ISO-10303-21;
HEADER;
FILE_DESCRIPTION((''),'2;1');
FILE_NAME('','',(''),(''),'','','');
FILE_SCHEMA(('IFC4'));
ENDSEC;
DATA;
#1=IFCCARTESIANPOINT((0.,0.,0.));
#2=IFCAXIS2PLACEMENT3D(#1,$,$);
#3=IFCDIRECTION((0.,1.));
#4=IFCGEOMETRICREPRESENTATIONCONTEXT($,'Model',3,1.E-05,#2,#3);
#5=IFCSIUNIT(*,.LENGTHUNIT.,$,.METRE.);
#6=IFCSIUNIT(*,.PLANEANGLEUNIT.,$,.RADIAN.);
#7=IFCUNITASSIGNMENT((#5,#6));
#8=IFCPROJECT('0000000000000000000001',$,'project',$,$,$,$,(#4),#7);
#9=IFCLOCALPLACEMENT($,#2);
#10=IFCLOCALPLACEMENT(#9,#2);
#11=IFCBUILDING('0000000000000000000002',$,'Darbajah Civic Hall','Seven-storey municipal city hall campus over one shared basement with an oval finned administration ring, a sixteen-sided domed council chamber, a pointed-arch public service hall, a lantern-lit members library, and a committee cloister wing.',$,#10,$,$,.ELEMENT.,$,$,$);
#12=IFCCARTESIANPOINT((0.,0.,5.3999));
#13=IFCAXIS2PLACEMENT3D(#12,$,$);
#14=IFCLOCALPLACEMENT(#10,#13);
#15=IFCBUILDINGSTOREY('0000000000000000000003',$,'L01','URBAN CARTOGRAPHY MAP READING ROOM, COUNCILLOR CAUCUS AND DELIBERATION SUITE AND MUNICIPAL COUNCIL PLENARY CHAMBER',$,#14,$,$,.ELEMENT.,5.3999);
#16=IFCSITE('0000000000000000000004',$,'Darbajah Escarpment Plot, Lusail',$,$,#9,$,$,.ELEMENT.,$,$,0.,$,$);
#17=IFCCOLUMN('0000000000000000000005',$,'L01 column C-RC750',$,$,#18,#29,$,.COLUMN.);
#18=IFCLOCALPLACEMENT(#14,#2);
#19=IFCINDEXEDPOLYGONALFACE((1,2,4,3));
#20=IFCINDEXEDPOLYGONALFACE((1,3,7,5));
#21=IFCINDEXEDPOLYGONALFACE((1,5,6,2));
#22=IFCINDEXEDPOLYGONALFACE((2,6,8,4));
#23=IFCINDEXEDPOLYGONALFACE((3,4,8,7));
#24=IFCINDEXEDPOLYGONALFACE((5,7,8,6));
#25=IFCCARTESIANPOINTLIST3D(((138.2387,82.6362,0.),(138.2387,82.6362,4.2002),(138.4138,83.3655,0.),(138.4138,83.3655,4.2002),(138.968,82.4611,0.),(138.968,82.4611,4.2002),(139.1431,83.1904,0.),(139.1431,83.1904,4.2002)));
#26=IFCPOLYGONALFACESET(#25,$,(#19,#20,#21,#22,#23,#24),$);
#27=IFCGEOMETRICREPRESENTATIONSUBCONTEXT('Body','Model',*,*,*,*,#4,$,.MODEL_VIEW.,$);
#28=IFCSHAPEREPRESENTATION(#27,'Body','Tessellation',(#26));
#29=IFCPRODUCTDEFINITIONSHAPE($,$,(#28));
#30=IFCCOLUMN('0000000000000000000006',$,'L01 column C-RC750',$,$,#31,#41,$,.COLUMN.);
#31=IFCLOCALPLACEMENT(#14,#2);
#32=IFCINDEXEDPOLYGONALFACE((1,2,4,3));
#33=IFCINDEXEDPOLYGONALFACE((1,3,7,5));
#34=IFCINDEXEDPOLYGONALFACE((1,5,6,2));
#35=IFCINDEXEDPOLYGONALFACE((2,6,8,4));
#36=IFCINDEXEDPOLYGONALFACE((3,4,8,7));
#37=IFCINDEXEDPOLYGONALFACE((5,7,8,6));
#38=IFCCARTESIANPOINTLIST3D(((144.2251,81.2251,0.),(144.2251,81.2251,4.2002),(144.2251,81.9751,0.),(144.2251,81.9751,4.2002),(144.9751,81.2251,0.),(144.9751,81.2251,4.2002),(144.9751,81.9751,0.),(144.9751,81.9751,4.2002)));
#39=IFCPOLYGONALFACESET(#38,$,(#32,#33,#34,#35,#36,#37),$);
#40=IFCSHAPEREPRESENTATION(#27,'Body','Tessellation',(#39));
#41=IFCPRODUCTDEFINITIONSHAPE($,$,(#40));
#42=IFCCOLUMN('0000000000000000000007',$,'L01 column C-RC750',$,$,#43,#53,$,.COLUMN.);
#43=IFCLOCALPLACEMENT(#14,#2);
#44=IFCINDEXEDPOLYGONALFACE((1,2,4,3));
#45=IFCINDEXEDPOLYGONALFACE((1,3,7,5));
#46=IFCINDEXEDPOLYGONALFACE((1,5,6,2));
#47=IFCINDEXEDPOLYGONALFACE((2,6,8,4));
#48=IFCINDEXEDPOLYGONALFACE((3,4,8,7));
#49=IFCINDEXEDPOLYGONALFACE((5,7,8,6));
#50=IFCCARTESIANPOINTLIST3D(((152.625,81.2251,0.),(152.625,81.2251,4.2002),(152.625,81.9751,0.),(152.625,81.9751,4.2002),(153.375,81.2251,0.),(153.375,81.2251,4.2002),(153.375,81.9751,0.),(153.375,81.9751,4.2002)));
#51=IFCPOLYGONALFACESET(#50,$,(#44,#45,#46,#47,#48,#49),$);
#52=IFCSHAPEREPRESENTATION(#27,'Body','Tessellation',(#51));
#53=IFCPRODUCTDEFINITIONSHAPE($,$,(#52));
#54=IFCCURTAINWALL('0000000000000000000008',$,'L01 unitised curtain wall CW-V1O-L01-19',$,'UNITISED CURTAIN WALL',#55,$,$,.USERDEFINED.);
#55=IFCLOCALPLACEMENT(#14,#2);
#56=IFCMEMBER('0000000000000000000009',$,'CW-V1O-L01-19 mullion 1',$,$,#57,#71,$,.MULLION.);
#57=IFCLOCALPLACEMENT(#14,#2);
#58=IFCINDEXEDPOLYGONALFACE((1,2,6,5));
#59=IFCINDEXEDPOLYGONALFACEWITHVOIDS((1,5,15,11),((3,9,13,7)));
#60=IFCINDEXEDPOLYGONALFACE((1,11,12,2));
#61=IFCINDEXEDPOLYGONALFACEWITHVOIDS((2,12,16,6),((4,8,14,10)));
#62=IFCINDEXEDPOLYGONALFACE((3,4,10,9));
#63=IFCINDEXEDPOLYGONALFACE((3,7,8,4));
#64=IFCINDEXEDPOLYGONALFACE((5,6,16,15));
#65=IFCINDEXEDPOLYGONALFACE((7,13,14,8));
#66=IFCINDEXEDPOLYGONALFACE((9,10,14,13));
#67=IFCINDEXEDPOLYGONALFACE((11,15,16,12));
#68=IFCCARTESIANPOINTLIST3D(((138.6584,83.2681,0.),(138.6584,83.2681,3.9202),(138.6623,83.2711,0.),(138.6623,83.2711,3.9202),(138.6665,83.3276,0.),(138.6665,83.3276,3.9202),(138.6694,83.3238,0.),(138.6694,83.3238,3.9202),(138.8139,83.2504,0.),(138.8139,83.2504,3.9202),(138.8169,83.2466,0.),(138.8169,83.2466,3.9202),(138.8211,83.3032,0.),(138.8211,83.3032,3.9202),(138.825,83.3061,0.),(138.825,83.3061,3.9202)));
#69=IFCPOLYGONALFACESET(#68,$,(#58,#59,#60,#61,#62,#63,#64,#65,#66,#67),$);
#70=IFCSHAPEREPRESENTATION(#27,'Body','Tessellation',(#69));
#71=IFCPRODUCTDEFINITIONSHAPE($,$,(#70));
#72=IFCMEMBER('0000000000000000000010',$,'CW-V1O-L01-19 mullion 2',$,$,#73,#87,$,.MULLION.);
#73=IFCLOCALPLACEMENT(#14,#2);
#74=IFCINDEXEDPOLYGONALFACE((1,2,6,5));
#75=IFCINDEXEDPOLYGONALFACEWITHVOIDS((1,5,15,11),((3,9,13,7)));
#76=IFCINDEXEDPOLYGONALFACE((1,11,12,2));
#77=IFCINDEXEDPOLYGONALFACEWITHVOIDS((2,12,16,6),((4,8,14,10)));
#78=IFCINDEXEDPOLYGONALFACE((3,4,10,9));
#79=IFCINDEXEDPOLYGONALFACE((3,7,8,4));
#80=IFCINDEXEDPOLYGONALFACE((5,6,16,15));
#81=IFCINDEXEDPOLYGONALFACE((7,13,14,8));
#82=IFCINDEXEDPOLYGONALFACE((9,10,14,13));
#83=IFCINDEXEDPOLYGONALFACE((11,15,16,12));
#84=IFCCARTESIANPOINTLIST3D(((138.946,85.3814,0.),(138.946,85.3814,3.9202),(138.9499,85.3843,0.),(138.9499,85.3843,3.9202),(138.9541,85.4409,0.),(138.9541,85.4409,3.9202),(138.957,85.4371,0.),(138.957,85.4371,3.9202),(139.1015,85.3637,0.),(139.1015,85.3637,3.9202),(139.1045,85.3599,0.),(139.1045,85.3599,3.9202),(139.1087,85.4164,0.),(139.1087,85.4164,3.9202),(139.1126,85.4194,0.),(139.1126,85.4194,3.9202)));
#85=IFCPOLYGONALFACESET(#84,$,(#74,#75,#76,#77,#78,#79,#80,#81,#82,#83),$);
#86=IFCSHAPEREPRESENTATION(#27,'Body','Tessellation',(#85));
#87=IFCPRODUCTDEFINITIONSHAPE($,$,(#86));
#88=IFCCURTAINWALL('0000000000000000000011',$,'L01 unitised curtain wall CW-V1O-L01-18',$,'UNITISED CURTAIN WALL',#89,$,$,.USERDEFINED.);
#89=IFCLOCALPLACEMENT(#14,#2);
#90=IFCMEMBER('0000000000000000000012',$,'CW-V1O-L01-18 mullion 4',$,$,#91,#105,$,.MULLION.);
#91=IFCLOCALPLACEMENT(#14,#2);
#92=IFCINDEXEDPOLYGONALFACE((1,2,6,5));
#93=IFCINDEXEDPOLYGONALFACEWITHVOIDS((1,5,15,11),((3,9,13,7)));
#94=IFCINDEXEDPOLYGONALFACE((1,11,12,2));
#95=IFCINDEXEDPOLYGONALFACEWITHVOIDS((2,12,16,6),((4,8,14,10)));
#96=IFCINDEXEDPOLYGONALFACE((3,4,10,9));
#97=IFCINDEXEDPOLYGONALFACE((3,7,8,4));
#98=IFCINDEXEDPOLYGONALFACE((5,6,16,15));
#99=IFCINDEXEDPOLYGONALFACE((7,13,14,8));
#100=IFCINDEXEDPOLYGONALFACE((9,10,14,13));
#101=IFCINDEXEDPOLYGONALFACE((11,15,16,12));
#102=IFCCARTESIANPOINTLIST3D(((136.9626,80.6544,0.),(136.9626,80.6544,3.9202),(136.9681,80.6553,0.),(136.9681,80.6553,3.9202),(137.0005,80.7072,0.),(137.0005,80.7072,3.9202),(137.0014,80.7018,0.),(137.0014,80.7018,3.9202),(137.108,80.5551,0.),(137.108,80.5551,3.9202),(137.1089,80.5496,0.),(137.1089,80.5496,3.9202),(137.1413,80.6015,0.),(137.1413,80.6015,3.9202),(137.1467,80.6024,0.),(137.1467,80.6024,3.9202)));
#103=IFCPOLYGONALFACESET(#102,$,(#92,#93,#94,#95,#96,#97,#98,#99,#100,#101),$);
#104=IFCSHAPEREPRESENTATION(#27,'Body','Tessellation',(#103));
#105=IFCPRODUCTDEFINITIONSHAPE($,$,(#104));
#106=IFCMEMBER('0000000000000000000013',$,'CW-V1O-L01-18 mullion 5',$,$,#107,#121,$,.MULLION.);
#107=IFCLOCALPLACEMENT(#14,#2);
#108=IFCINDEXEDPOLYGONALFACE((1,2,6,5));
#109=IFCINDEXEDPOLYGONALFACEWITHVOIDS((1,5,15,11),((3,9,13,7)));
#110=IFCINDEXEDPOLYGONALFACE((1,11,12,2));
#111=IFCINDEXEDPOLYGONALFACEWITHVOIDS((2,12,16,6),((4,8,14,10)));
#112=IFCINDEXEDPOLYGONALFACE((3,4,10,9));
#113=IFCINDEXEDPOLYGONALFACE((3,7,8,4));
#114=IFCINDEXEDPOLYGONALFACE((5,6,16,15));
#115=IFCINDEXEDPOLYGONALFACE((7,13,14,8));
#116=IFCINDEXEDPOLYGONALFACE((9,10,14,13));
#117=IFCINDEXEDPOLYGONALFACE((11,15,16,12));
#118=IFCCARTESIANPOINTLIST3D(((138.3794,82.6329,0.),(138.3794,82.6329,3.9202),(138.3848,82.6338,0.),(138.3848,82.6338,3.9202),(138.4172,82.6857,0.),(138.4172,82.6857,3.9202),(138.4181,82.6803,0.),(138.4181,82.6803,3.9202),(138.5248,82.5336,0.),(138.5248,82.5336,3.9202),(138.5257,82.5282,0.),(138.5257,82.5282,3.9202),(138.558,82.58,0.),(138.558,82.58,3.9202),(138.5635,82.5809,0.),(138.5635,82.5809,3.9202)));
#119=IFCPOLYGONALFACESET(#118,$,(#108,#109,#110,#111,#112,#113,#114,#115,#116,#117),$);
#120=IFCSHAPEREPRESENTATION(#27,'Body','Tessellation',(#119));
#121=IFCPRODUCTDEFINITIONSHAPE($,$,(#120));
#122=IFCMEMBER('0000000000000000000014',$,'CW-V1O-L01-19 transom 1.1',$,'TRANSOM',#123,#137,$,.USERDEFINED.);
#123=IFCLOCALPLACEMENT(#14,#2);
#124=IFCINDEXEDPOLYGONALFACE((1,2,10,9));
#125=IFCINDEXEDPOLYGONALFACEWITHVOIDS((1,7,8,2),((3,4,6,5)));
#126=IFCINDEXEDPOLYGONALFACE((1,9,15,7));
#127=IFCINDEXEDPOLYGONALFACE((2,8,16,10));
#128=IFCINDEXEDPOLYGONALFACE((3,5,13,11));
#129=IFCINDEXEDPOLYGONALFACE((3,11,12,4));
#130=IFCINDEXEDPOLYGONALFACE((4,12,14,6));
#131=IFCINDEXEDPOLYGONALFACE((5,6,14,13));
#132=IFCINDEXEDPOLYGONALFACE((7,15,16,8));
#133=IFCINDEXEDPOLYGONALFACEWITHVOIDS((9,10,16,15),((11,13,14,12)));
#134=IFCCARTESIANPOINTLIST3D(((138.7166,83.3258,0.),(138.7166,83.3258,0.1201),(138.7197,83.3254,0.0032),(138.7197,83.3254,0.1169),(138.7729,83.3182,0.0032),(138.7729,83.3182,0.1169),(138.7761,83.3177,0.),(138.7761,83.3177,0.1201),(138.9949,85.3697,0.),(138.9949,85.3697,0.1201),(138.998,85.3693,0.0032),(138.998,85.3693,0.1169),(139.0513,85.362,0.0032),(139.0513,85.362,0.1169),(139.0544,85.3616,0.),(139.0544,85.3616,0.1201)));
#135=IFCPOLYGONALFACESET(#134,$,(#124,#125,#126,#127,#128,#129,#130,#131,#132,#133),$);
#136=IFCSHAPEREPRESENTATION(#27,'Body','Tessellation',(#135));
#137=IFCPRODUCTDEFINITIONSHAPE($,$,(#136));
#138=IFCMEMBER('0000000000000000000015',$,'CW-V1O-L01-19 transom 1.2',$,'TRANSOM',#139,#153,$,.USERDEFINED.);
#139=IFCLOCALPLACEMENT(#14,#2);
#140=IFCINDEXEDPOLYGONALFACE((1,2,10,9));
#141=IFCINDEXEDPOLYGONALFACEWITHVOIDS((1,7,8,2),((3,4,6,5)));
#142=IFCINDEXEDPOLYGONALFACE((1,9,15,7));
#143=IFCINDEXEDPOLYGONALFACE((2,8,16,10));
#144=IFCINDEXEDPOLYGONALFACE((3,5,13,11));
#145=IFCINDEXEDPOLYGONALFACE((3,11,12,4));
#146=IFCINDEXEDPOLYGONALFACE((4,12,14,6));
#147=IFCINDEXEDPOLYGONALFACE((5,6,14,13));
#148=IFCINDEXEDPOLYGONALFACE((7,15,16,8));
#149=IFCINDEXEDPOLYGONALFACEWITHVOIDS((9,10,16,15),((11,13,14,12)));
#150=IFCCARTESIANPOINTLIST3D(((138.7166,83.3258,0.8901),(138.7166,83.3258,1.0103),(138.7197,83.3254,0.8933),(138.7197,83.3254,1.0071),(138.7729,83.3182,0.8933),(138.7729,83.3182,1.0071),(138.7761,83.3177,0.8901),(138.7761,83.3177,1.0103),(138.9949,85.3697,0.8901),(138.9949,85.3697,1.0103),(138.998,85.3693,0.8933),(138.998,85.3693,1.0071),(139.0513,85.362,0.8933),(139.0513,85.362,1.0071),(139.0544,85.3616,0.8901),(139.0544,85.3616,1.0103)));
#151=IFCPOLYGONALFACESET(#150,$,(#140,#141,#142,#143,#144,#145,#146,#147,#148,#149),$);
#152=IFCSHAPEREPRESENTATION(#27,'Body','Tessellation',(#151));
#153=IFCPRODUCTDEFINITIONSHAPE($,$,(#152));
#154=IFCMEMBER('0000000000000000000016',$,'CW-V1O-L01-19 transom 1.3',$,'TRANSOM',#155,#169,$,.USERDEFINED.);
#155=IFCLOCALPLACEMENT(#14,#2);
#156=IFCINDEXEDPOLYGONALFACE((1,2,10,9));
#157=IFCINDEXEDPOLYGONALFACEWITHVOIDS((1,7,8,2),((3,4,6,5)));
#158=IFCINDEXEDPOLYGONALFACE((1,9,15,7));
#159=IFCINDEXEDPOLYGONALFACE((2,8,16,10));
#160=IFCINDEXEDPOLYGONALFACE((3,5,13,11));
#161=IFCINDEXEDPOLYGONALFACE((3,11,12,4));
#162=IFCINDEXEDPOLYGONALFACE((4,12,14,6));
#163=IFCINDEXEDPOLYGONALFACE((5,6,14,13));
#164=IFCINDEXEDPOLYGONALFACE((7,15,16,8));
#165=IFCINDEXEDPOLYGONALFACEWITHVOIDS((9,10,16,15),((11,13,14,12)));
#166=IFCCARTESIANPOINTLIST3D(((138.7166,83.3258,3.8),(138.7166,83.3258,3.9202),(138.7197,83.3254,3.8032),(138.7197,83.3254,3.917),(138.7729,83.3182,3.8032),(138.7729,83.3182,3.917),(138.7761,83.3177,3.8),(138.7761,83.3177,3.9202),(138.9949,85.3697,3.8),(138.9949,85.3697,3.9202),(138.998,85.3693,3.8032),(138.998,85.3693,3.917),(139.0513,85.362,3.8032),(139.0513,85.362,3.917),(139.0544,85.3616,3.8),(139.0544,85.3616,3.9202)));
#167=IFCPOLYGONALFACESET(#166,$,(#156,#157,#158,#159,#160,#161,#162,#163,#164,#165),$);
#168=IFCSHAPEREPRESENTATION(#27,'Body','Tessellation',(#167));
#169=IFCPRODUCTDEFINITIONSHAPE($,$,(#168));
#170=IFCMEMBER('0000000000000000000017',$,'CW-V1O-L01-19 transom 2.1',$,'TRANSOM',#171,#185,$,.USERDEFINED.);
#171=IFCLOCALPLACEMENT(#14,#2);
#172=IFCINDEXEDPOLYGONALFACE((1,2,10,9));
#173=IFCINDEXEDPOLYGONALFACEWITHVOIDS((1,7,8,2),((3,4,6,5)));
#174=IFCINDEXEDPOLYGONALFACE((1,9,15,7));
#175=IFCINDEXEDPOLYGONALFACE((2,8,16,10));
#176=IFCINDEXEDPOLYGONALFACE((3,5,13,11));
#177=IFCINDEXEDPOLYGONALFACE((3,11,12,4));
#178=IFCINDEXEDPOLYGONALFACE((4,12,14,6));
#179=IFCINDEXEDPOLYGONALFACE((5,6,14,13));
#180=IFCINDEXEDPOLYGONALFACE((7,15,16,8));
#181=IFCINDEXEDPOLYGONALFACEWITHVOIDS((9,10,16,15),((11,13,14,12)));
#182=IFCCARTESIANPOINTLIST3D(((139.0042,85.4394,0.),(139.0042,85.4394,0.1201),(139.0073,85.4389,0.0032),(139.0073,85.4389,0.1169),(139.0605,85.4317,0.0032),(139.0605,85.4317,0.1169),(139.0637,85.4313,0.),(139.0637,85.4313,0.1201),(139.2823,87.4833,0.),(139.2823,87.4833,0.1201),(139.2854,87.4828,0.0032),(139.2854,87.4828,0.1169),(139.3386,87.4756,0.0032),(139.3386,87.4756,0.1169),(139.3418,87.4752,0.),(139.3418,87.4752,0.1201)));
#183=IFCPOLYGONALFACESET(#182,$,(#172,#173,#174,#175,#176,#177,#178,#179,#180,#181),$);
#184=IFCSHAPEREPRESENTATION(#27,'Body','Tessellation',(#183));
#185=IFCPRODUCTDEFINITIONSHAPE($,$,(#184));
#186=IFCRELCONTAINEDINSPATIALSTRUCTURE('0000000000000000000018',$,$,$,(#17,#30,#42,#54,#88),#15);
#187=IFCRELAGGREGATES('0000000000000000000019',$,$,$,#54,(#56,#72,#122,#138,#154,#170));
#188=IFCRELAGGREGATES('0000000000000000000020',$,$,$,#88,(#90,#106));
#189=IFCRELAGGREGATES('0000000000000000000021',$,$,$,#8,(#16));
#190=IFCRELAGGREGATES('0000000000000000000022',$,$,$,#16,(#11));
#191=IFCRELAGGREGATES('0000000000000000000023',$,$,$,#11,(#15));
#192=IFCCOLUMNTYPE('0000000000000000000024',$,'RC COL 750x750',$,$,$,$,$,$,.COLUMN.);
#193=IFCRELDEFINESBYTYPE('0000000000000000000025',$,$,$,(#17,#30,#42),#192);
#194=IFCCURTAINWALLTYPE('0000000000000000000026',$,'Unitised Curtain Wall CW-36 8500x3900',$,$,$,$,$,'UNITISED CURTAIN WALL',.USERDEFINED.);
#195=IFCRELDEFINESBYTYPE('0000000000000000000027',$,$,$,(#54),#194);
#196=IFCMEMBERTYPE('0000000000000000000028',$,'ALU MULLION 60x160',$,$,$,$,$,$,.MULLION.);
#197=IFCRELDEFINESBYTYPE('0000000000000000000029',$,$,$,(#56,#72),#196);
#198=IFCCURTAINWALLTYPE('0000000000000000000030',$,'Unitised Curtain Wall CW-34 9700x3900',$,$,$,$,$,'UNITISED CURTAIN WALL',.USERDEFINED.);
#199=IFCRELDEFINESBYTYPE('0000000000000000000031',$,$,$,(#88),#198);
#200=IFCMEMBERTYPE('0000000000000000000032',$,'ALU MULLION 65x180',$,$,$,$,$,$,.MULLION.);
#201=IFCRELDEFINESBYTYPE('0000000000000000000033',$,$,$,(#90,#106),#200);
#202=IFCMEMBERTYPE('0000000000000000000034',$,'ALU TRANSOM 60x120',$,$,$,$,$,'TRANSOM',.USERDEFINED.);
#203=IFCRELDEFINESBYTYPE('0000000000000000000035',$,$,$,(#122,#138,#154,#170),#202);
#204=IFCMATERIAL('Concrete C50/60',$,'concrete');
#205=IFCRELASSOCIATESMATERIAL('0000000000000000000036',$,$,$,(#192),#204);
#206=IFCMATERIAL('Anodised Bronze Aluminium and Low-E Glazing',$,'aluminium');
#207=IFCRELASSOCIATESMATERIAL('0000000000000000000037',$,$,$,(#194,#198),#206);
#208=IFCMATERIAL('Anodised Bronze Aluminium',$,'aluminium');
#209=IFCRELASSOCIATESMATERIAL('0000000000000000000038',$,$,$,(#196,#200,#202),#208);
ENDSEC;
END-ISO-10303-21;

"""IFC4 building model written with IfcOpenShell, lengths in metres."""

from ifc_helpers import new_model, si_unit, direction, frame, origin, origin_2d, place, context, subcontext, project, spatial, rectangle, hollow_rectangle, extrude, material, material_profile, profile_set, type_object, element, aggregate, save


model = new_model("IFC4")

# Units and contexts
model_context = context("Model", 3, precision=1e-05, world=origin(), true_north=direction((0.0, 1.0)))
body_context = subcontext(model_context, "Body", "Model", "MODEL_VIEW")
ifc_project = project(units=[si_unit("LENGTHUNIT", "METRE"), si_unit("PLANEANGLEUNIT", "RADIAN")], contexts=[model_context])

# Site, building, storey
site_placement = place(None, origin())
site = spatial("IfcSite", under=ifc_project, at=site_placement, Name="Darbajah Escarpment Plot, Lusail", CompositionType="ELEMENT", RefElevation=0.0)
building_placement = place(site_placement, origin())
building = spatial("IfcBuilding", under=site, at=building_placement, Name="Darbajah Civic Hall", Description="Seven-storey municipal city hall campus over one shared basement with an oval finned administration ring, a sixteen-sided domed council chamber, a pointed-arch public service hall, a lantern-lit members library, and a committee cloister wing.", CompositionType="ELEMENT")
storey_placement = place(building_placement, frame((0.0, 0.0, 5.3999)))
storey = spatial("IfcBuildingStorey", under=building, at=storey_placement, Name="L01", Description="URBAN CARTOGRAPHY MAP READING ROOM, COUNCILLOR CAUCUS AND DELIBERATION SUITE AND MUNICIPAL COUNCIL PLENARY CHAMBER", CompositionType="ELEMENT", Elevation=5.3999)

# Columns
ifc_material_1 = material(Name="Concrete C50/60", Category="concrete")
ifc_material_profile_1 = material_profile(ifc_material_1, rectangle(XDim=0.75, YDim=0.75, at=origin_2d()), Name="RC COL 750x750")
ifc_profile_set_1 = profile_set([ifc_material_profile_1], Name="Concrete C50/60")
column_type = type_object("IfcColumnType", Name="RC COL 750x750", PredefinedType="COLUMN", material=ifc_profile_set_1)
for number, where, z_axis, x_axis, name in (
    (1, (138.6909, 82.9133, 0.0), (0.0, 0.0, 1.0), (0.97237, -0.233445, 0.0), "L01 column C-RC750"),
    (2, (144.6001, 81.6001, 0.0), (0.0, 0.0, 1.0), (1.0, 0.0, 0.0), "L01 column C-RC750"),
    (3, (153.0, 81.6001, 0.0), (0.0, 0.0, 1.0), (1.0, 0.0, 0.0), "L01 column C-RC750"),
):
    element("IfcColumn", number, at=place(storey_placement, frame(where, z_axis=z_axis, x_axis=x_axis)), inside=storey, type_object=column_type, Name=name, PredefinedType="COLUMN", context=body_context, shape_type="SweptSolid", body=[
        extrude(rectangle(XDim=0.75, YDim=0.75, at=origin_2d()), origin(), (0.0, 0.0, 1.0), 4.2002),
    ])

# Curtain walls, members
ifc_material_2 = material(Name="Anodised Bronze Aluminium and Low-E Glazing", Category="aluminium")
curtain_wall_type_1 = type_object("IfcCurtainWallType", Name="Unitised Curtain Wall CW-36 8500x3900", ElementType="UNITISED CURTAIN WALL", PredefinedType="USERDEFINED", material=ifc_material_2)
curtain_wall_1_placement = place(storey_placement, origin())
curtain_wall_1 = element("IfcCurtainWall", 4, at=curtain_wall_1_placement, inside=storey, type_object=curtain_wall_type_1, Name="L01 unitised curtain wall CW-V1O-L01-19", ObjectType="UNITISED CURTAIN WALL", PredefinedType="USERDEFINED")
ifc_material_3 = material(Name="Anodised Bronze Aluminium", Category="aluminium")
ifc_material_profile_2 = material_profile(ifc_material_3, hollow_rectangle(XDim=0.0601, YDim=0.1599, WallThickness=0.0034, at=origin_2d()), Name="ALU MULLION 60x160")
ifc_profile_set_2 = profile_set([ifc_material_profile_2], Name="Anodised Bronze Aluminium")
member_type_1 = type_object("IfcMemberType", Name="ALU MULLION 60x160", PredefinedType="MULLION", material=ifc_profile_set_2)
member_1_placement = place(storey_placement, frame((138.7417, 83.2871, 0.0), z_axis=(0.0, 0.0, 1.0), x_axis=(0.134851, 0.990866, 0.0)))
member_1 = element("IfcMember", 5, at=member_1_placement, type_object=member_type_1, Name="CW-V1O-L01-19 mullion 1", PredefinedType="MULLION", context=body_context, shape_type="SweptSolid", body=[
    extrude(hollow_rectangle(XDim=0.0601, YDim=0.1599, WallThickness=0.0034, at=origin_2d()), origin(), (0.0, 0.0, 1.0), 3.9202),
])
member_2_placement = place(storey_placement, frame((139.0293, 85.4004, 0.0), z_axis=(0.0, 0.0, 1.0), x_axis=(0.134851, 0.990866, 0.0)))
member_2 = element("IfcMember", 6, at=member_2_placement, type_object=member_type_1, Name="CW-V1O-L01-19 mullion 2", PredefinedType="MULLION", context=body_context, shape_type="SweptSolid", body=[
    extrude(hollow_rectangle(XDim=0.0601, YDim=0.1599, WallThickness=0.0034, at=origin_2d()), origin(), (0.0, 0.0, 1.0), 3.9202),
])
curtain_wall_type_2 = type_object("IfcCurtainWallType", Name="Unitised Curtain Wall CW-34 9700x3900", ElementType="UNITISED CURTAIN WALL", PredefinedType="USERDEFINED", material=ifc_material_2)
curtain_wall_2_placement = place(storey_placement, origin())
curtain_wall_2 = element("IfcCurtainWall", 7, at=curtain_wall_2_placement, inside=storey, type_object=curtain_wall_type_2, Name="L01 unitised curtain wall CW-V1O-L01-18", ObjectType="UNITISED CURTAIN WALL", PredefinedType="USERDEFINED")
ifc_material_profile_3 = material_profile(ifc_material_3, hollow_rectangle(XDim=0.0649, YDim=0.1799, WallThickness=0.0039, at=origin_2d()), Name="ALU MULLION 65x180")
ifc_profile_set_3 = profile_set([ifc_material_profile_3], Name="Anodised Bronze Aluminium")
member_type_2 = type_object("IfcMemberType", Name="ALU MULLION 65x180", PredefinedType="MULLION", material=ifc_profile_set_3)
member_3_placement = place(storey_placement, frame((137.0547, 80.6284, 0.0), z_axis=(0.0, 0.0, 1.0), x_axis=(0.582265, 0.812999, 0.0)))
member_3 = element("IfcMember", 8, at=member_3_placement, type_object=member_type_2, Name="CW-V1O-L01-18 mullion 4", PredefinedType="MULLION", context=body_context, shape_type="SweptSolid", body=[
    extrude(hollow_rectangle(XDim=0.0649, YDim=0.1799, WallThickness=0.0039, at=origin_2d()), origin(), (0.0, 0.0, 1.0), 3.9202),
])
member_4_placement = place(storey_placement, frame((138.4714, 82.6069, 0.0), z_axis=(0.0, 0.0, 1.0), x_axis=(0.582265, 0.812999, 0.0)))
member_4 = element("IfcMember", 9, at=member_4_placement, type_object=member_type_2, Name="CW-V1O-L01-18 mullion 5", PredefinedType="MULLION", context=body_context, shape_type="SweptSolid", body=[
    extrude(hollow_rectangle(XDim=0.0649, YDim=0.1799, WallThickness=0.0039, at=origin_2d()), origin(), (0.0, 0.0, 1.0), 3.9202),
])

# Members
ifc_material_profile_4 = material_profile(ifc_material_3, hollow_rectangle(XDim=0.0601, YDim=0.1201, WallThickness=0.0032, at=origin_2d()), Name="ALU TRANSOM 60x120")
ifc_profile_set_4 = profile_set([ifc_material_profile_4], Name="Anodised Bronze Aluminium")
member_type_3 = type_object("IfcMemberType", Name="ALU TRANSOM 60x120", ElementType="TRANSOM", PredefinedType="USERDEFINED", material=ifc_profile_set_4)
member_5_placement = place(storey_placement, frame((138.7463, 83.3218, 0.0601), z_axis=(0.134923, 0.990856, 0.0), x_axis=(-0.990856, 0.134923, 0.0)))
member_5 = element("IfcMember", 10, at=member_5_placement, type_object=member_type_3, Name="CW-V1O-L01-19 transom 1.1", ObjectType="TRANSOM", PredefinedType="USERDEFINED", context=body_context, shape_type="SweptSolid", body=[
    extrude(hollow_rectangle(XDim=0.0601, YDim=0.1201, WallThickness=0.0032, at=origin_2d()), origin(), (0.0, 0.0, 1.0), 2.0627),
])
member_6_placement = place(storey_placement, frame((138.7463, 83.3218, 0.9502), z_axis=(0.134923, 0.990856, 0.0), x_axis=(-0.990856, 0.134923, 0.0)))
member_6 = element("IfcMember", 11, at=member_6_placement, type_object=member_type_3, Name="CW-V1O-L01-19 transom 1.2", ObjectType="TRANSOM", PredefinedType="USERDEFINED", context=body_context, shape_type="SweptSolid", body=[
    extrude(hollow_rectangle(XDim=0.0601, YDim=0.1201, WallThickness=0.0032, at=origin_2d()), origin(), (0.0, 0.0, 1.0), 2.0627),
])
member_7_placement = place(storey_placement, frame((138.7463, 83.3218, 3.8601), z_axis=(0.134923, 0.990856, 0.0), x_axis=(-0.990856, 0.134923, 0.0)))
member_7 = element("IfcMember", 12, at=member_7_placement, type_object=member_type_3, Name="CW-V1O-L01-19 transom 1.3", ObjectType="TRANSOM", PredefinedType="USERDEFINED", context=body_context, shape_type="SweptSolid", body=[
    extrude(hollow_rectangle(XDim=0.0601, YDim=0.1201, WallThickness=0.0032, at=origin_2d()), origin(), (0.0, 0.0, 1.0), 2.0627),
])
member_8_placement = place(storey_placement, frame((139.0339, 85.4353, 0.0601), z_axis=(0.134807, 0.990872, 0.0), x_axis=(-0.990872, 0.134807, 0.0)))
member_8 = element("IfcMember", 13, at=member_8_placement, type_object=member_type_3, Name="CW-V1O-L01-19 transom 2.1", ObjectType="TRANSOM", PredefinedType="USERDEFINED", context=body_context, shape_type="SweptSolid", body=[
    extrude(hollow_rectangle(XDim=0.0601, YDim=0.1201, WallThickness=0.0032, at=origin_2d()), origin(), (0.0, 0.0, 1.0), 2.0627),
])

aggregate(curtain_wall_1, [member_1, member_2, member_5, member_6, member_7, member_8])
aggregate(curtain_wall_2, [member_3, member_4])

save(model, "model.ifc")
